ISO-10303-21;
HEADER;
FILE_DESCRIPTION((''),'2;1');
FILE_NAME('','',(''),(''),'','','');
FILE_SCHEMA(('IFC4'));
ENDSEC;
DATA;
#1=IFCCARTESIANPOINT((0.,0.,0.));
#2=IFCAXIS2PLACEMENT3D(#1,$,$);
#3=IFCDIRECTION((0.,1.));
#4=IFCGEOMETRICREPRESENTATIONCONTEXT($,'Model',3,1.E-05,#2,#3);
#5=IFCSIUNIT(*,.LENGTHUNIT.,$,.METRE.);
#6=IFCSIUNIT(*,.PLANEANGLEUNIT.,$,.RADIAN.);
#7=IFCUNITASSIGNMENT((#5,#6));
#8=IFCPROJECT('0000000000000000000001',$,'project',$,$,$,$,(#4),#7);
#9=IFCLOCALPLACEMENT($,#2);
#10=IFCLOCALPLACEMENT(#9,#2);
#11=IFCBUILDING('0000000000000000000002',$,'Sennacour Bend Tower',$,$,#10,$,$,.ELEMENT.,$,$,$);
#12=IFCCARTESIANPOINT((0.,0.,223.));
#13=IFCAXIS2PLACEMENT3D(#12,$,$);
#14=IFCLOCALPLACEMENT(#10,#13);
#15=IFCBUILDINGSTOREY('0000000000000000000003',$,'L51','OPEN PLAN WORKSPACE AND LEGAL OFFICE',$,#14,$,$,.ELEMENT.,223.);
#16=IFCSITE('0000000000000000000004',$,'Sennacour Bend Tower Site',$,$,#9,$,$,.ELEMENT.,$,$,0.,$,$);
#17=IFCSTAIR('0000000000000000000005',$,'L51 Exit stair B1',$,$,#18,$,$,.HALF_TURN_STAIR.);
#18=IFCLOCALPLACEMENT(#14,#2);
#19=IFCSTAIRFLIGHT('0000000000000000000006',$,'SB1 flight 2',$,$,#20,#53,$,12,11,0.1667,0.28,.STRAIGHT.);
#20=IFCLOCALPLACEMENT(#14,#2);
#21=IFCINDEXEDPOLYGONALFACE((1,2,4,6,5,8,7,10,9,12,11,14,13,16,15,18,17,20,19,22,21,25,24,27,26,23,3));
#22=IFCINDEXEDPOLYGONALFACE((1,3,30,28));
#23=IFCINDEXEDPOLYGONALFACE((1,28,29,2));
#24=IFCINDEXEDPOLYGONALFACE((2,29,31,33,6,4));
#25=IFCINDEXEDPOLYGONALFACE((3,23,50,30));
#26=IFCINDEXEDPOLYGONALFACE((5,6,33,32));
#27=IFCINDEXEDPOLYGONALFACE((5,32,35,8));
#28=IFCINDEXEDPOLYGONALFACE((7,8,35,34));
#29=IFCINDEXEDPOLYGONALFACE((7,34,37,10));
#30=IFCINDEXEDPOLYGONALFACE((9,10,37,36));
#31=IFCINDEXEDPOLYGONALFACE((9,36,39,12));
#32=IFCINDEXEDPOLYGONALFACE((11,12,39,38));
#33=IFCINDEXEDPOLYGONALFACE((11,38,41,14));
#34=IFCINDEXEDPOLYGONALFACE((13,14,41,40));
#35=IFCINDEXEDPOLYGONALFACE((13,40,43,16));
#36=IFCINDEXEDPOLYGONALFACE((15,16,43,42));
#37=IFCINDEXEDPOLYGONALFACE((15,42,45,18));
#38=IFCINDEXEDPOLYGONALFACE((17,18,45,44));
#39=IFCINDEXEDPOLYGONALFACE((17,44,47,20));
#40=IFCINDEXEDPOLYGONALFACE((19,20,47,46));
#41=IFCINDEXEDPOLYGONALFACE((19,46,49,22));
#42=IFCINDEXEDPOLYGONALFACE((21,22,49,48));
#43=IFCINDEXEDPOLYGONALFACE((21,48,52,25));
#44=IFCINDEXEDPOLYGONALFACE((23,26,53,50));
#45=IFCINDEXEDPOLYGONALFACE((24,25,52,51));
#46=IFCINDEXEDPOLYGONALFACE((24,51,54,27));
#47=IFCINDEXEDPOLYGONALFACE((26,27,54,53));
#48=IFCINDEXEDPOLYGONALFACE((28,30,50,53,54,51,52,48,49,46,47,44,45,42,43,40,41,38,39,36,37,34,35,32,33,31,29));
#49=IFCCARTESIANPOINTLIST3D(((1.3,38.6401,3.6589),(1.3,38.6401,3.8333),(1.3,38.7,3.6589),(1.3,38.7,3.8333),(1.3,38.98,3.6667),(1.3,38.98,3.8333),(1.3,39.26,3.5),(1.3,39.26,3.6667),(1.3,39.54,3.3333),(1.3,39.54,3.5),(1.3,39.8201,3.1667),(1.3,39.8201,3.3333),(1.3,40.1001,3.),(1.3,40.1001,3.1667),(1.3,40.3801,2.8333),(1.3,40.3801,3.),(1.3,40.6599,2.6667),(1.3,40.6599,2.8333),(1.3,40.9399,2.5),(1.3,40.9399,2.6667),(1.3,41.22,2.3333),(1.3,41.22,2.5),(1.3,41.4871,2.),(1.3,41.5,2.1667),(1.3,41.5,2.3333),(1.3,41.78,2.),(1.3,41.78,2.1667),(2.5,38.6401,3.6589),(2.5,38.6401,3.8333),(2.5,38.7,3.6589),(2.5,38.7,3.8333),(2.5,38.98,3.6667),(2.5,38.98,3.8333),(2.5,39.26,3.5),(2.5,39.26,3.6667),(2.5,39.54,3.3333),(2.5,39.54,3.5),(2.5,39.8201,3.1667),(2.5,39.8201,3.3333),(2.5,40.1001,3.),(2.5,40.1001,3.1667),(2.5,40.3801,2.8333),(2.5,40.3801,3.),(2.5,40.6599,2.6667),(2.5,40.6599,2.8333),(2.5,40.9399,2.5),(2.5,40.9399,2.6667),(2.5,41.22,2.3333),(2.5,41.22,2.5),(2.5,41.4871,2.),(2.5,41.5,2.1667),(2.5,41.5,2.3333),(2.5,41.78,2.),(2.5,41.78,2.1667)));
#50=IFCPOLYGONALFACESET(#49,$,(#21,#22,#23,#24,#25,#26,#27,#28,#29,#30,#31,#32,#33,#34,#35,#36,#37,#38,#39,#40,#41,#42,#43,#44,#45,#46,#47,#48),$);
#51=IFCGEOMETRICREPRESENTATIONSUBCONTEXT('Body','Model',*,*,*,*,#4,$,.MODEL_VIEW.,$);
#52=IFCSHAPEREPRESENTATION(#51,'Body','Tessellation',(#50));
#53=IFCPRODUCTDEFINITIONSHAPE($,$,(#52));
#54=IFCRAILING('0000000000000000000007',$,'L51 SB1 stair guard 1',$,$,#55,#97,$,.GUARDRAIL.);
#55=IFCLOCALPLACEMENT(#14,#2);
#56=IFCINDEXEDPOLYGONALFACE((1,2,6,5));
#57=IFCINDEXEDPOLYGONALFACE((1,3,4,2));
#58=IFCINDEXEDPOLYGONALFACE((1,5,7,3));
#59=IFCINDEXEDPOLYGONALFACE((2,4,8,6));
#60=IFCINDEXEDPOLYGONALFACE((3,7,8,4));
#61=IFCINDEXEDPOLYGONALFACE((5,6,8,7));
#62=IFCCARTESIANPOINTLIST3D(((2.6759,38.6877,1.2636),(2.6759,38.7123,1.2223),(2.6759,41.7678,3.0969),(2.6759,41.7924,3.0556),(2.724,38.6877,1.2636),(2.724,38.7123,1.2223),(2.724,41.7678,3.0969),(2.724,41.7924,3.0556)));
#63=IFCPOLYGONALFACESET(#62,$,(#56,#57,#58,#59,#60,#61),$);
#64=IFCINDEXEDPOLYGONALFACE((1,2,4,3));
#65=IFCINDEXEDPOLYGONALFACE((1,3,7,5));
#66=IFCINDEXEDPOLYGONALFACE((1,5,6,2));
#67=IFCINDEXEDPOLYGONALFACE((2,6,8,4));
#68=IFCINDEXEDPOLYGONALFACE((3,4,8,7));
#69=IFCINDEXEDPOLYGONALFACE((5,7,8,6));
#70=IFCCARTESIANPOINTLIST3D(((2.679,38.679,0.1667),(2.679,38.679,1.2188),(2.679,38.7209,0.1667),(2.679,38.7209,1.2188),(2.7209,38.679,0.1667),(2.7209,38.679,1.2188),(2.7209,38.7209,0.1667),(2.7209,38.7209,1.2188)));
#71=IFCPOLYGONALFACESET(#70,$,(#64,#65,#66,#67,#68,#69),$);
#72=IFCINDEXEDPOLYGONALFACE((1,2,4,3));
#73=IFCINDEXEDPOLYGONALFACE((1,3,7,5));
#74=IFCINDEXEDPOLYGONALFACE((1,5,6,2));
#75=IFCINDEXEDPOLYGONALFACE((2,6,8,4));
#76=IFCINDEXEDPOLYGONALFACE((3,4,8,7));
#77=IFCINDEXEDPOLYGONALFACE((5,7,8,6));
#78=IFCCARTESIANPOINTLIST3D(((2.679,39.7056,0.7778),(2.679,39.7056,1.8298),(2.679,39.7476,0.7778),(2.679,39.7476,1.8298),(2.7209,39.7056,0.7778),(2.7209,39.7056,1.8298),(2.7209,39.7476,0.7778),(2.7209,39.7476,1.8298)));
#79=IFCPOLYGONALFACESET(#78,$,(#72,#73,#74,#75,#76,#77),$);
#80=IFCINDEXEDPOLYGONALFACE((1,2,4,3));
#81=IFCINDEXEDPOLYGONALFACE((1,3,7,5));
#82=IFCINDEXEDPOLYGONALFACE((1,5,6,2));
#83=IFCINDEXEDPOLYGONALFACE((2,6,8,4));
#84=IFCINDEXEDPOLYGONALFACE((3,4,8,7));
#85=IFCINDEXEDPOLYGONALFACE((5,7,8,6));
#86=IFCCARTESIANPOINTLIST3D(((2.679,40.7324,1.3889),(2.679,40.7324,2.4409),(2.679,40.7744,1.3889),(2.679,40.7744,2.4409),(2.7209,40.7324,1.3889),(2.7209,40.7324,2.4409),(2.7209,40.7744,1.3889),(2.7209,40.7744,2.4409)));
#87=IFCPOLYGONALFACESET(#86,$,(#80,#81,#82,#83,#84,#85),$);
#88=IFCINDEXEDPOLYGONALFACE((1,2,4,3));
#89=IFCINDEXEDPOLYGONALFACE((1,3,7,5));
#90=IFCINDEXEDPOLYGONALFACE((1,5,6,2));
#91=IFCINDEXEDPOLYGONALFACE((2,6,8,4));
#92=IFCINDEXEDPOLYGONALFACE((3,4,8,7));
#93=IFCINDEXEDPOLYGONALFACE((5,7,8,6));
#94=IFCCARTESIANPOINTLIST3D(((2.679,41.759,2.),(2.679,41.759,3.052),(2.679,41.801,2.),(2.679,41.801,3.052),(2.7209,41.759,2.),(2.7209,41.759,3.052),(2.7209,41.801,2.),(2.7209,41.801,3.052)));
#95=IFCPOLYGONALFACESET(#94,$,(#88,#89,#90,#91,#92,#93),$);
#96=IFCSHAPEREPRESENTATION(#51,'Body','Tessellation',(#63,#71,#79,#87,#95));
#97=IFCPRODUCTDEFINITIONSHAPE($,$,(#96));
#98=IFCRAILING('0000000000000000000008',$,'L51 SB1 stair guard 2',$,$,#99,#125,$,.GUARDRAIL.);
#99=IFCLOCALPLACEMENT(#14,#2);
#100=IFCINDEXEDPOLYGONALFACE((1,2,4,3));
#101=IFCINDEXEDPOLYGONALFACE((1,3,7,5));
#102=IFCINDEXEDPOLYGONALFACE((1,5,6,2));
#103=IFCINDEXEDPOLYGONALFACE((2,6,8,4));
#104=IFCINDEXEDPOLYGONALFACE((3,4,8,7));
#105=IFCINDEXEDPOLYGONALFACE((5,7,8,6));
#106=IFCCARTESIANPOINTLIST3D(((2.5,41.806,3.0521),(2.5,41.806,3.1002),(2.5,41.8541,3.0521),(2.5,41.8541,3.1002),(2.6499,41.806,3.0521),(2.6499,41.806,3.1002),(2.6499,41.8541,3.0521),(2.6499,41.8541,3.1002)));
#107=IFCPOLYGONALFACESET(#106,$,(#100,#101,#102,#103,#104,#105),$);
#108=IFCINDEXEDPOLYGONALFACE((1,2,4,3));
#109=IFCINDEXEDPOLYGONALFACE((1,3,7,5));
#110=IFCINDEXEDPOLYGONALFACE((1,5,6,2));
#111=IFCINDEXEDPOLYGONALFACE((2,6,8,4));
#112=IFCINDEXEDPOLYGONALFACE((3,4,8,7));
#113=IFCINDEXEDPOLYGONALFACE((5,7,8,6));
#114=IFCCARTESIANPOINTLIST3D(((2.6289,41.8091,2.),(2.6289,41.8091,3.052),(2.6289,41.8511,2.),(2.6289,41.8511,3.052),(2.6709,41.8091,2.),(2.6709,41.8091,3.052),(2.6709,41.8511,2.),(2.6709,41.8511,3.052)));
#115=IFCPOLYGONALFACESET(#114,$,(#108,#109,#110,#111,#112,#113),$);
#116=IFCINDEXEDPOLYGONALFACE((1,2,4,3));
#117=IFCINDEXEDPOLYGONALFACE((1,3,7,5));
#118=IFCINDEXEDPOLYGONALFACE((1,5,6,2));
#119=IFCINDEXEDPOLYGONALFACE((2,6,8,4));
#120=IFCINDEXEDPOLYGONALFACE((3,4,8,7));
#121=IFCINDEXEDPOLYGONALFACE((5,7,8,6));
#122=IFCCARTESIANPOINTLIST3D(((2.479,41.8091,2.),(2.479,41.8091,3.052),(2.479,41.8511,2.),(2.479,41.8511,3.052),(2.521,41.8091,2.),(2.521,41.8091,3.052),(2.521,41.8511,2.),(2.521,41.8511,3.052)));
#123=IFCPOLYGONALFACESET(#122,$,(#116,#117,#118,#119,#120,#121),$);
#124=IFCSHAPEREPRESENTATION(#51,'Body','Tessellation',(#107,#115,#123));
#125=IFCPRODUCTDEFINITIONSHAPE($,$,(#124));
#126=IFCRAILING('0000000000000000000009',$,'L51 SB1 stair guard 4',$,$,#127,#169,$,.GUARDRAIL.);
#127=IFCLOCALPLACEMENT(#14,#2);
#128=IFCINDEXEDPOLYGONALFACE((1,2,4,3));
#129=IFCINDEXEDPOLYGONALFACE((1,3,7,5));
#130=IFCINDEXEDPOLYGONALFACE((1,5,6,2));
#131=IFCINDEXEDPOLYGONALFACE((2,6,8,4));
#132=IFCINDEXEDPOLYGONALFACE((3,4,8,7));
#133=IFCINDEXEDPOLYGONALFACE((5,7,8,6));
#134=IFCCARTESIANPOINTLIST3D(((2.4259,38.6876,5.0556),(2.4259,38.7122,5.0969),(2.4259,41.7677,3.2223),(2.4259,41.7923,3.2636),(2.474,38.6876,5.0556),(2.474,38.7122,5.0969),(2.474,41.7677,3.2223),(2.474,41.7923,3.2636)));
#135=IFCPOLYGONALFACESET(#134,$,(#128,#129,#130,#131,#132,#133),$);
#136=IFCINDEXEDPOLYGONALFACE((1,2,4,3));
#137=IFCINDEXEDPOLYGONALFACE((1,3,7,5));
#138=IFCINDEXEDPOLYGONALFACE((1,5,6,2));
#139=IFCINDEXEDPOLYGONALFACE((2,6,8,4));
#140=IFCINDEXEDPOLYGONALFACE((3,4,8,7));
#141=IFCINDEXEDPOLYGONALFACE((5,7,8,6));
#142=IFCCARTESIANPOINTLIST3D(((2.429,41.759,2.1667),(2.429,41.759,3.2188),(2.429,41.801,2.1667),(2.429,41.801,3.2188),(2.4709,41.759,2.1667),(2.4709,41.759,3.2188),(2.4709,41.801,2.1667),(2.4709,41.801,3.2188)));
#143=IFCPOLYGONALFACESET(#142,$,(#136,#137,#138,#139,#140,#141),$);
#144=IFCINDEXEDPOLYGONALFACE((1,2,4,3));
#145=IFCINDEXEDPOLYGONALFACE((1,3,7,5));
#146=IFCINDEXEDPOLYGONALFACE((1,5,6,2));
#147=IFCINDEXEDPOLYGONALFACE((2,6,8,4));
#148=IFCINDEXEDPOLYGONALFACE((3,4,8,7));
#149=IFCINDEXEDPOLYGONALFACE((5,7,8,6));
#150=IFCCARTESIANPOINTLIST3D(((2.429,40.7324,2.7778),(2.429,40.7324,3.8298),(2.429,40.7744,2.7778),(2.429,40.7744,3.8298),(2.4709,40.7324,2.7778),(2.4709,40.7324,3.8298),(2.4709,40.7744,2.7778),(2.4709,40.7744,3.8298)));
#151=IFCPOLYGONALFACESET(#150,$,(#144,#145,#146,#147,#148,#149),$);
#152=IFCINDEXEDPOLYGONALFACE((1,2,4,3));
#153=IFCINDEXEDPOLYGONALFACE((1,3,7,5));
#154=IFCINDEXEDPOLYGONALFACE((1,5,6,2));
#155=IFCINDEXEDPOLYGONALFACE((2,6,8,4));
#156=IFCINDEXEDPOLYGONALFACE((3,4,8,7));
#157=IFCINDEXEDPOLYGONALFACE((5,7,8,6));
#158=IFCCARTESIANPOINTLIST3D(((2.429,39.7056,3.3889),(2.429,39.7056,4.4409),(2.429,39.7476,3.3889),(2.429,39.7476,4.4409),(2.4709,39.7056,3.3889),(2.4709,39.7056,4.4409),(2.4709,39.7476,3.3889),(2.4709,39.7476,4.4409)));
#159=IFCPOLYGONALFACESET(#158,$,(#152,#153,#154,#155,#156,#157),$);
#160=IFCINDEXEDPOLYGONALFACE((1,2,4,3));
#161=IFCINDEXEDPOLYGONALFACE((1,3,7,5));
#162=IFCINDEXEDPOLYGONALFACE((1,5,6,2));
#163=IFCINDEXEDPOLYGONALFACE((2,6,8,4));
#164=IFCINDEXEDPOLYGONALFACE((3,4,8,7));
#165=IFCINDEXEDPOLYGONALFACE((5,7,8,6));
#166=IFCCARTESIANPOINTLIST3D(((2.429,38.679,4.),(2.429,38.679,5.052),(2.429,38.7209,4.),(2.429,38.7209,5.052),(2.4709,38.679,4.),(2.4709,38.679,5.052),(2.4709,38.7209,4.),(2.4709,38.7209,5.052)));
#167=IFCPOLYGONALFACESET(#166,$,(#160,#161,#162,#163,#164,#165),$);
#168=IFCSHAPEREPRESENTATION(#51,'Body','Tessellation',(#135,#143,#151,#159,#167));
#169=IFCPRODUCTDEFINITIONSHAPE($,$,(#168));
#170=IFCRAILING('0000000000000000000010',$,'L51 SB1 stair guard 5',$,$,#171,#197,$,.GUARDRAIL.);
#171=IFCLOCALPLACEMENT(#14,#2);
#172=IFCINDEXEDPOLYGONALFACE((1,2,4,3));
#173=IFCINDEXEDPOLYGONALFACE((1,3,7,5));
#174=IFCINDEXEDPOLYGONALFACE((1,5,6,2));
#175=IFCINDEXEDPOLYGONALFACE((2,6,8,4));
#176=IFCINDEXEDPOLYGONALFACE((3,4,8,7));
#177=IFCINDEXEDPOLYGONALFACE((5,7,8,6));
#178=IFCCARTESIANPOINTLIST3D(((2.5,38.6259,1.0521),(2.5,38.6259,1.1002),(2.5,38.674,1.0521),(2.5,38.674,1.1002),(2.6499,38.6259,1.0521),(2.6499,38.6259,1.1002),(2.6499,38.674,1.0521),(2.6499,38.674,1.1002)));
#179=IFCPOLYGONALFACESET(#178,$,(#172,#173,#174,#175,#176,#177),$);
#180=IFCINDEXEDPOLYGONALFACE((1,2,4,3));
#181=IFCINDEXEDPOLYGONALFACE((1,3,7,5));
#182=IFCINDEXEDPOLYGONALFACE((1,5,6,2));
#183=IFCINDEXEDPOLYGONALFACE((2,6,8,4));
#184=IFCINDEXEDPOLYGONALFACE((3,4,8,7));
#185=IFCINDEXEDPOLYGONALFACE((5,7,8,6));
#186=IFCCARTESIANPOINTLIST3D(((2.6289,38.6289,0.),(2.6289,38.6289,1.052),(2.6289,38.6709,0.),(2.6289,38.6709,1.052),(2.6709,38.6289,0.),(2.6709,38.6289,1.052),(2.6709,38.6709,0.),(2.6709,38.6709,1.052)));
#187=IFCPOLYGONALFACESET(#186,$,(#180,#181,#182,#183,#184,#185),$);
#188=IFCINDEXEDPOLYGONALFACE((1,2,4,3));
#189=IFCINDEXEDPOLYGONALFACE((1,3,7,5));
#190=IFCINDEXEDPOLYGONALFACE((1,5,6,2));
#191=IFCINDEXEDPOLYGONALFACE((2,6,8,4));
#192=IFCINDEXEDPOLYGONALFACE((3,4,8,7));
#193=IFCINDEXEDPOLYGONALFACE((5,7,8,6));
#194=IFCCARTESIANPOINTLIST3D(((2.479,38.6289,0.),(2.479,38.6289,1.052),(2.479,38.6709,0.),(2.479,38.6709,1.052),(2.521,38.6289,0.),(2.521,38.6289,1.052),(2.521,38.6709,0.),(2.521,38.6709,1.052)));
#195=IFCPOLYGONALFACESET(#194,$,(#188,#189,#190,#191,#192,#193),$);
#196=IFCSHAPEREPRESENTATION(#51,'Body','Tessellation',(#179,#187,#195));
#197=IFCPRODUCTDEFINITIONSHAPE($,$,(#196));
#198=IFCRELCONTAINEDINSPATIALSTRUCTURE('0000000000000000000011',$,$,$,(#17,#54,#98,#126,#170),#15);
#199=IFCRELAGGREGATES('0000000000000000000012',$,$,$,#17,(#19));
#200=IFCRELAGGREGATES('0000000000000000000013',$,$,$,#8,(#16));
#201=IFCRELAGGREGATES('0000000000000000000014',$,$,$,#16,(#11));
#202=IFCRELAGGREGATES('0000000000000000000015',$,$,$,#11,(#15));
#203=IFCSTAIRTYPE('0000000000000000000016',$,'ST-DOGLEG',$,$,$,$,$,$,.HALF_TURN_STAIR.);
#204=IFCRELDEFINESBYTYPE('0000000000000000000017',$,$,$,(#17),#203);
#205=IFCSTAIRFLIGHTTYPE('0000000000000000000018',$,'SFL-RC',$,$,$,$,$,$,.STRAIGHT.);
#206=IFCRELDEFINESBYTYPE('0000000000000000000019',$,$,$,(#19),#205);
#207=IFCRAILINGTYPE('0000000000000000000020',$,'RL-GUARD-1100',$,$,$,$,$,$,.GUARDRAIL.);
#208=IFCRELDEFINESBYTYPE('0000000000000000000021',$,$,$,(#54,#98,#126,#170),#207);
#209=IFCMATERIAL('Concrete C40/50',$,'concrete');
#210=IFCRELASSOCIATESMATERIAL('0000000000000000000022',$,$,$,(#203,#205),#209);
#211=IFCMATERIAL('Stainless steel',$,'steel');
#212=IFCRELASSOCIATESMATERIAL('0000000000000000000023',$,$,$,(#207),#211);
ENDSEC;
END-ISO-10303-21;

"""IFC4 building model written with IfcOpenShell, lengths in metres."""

from ifc_helpers import new_model, si_unit, direction, frame, origin, origin_2d, place, context, subcontext, project, spatial, polyline, rectangle, outline, extrude, material, type_object, element, aggregate, save


model = new_model("IFC4")

# Units and contexts
model_context = context("Model", 3, precision=1e-05, world=origin(), true_north=direction((0.0, 1.0)))
body_context = subcontext(model_context, "Body", "Model", "MODEL_VIEW")
ifc_project = project(units=[si_unit("LENGTHUNIT", "METRE"), si_unit("PLANEANGLEUNIT", "RADIAN")], contexts=[model_context])

# Site, building, storey
site_placement = place(None, origin())
site = spatial("IfcSite", under=ifc_project, at=site_placement, Name="Sennacour Bend Tower Site", CompositionType="ELEMENT", RefElevation=0.0)
building_placement = place(site_placement, origin())
building = spatial("IfcBuilding", under=site, at=building_placement, Name="Sennacour Bend Tower", CompositionType="ELEMENT")
storey_placement = place(building_placement, frame((0.0, 0.0, 223.0)))
storey = spatial("IfcBuildingStorey", under=building, at=storey_placement, Name="L51", Description="OPEN PLAN WORKSPACE AND LEGAL OFFICE", CompositionType="ELEMENT", Elevation=223.0)

# Stair, stair flight
ifc_material_1 = material(Name="Concrete C40/50", Category="concrete")
stair_type = type_object("IfcStairType", Name="ST-DOGLEG", PredefinedType="HALF_TURN_STAIR", material=ifc_material_1)
stair_placement = place(storey_placement, origin())
stair = element("IfcStair", 1, at=stair_placement, inside=storey, type_object=stair_type, Name="L51 Exit stair B1", PredefinedType="HALF_TURN_STAIR")
stair_flight_type = type_object("IfcStairFlightType", Name="SFL-RC", PredefinedType="STRAIGHT", material=ifc_material_1)
stair_flight_1_placement = place(storey_placement, frame((1.8999, 41.78, 2.0), z_axis=(0.0, 0.0, 1.0), x_axis=(0.0, -1.0, 0.0)))
stair_flight_1 = element("IfcStairFlight", 2, at=stair_flight_1_placement, type_object=stair_flight_type, Name="SB1 flight 2", NumberOfRisers=12, NumberOfTreads=11, PredefinedType="STRAIGHT", RiserHeight=0.1667, TreadLength=0.28, context=body_context, shape_type="SweptSolid", body=[
    extrude(outline(polyline([(0.0, 0.0), (0.0, 0.1667), (0.28, 0.1667), (0.28, 0.3333), (0.5601, 0.3333), (0.5601, 0.5), (0.8401, 0.5), (0.8401, 0.6667), (1.1201, 0.6667), (1.1201, 0.8333), (1.3999, 0.8333), (1.3999, 1.0), (1.6799, 1.0), (1.6799, 1.1667), (1.96, 1.1667), (1.96, 1.3333), (2.24, 1.3333), (2.24, 1.5), (2.52, 1.5), (2.52, 1.6667), (2.8, 1.6667), (2.8, 1.8333), (3.0801, 1.8333), (3.1399, 1.8333), (3.1399, 1.6589), (3.0801, 1.6589), (0.293, 0.0), (0.0, 0.0)])), frame((0.0, 0.6001, 0.0), z_axis=(0.0, -1.0, 0.0), x_axis=(1.0, 0.0, 0.0)), (0.0, 0.0, 1.0), 1.2),
])
aggregate(stair, [stair_flight_1])

# Railings
ifc_material_2 = material(Name="Stainless steel", Category="steel")
railing_type_1 = type_object("IfcRailingType", Name="RL-GUARD-1100", PredefinedType="GUARDRAIL", material=ifc_material_2)
railing_1_placement = place(storey_placement, frame((2.7, 38.7, 0.1667)))
element("IfcRailing", 3, at=railing_1_placement, inside=storey, type_object=railing_type_1, Name="L51 SB1 stair guard 1", PredefinedType="GUARDRAIL", context=body_context, shape_type="SweptSolid", body=[
    extrude(rectangle(XDim=0.0481, YDim=0.0481, at=origin_2d()), frame((0.0, 0.0, 1.0762), z_axis=(0.0, 0.859309, 0.511458), x_axis=(-1.0, 0.0, 0.0)), (0.0, 0.0, 1.0), 3.5845),
    extrude(rectangle(XDim=0.042, YDim=0.042, at=origin_2d()), origin(), (0.0, 0.0, 1.0), 1.052),
    extrude(rectangle(XDim=0.042, YDim=0.042, at=origin_2d()), frame((0.0, 1.0266, 0.6111)), (0.0, 0.0, 1.0), 1.052),
    extrude(rectangle(XDim=0.042, YDim=0.042, at=origin_2d()), frame((0.0, 2.0535, 1.2222)), (0.0, 0.0, 1.0), 1.052),
    extrude(rectangle(XDim=0.042, YDim=0.042, at=origin_2d()), frame((0.0, 3.0801, 1.8333)), (0.0, 0.0, 1.0), 1.052),
])
railing_2_placement = place(storey_placement, frame((2.6499, 41.8301, 2.0)))
element("IfcRailing", 4, at=railing_2_placement, inside=storey, type_object=railing_type_1, Name="L51 SB1 stair guard 2", PredefinedType="GUARDRAIL", context=body_context, shape_type="SweptSolid", body=[
    extrude(rectangle(XDim=0.0481, YDim=0.0481, at=origin_2d()), frame((0.0, 0.0, 1.0762), z_axis=(-1.0, 0.0, 0.0), x_axis=(0.0, -1.0, 0.0)), (0.0, 0.0, 1.0), 0.1499),
    extrude(rectangle(XDim=0.042, YDim=0.042, at=origin_2d()), origin(), (0.0, 0.0, 1.0), 1.052),
    extrude(rectangle(XDim=0.042, YDim=0.042, at=origin_2d()), frame((-0.1499, 0.0, 0.0)), (0.0, 0.0, 1.0), 1.052),
])
railing_3_placement = place(storey_placement, frame((2.45, 41.78, 2.1667)))
element("IfcRailing", 5, at=railing_3_placement, inside=storey, type_object=railing_type_1, Name="L51 SB1 stair guard 4", PredefinedType="GUARDRAIL", context=body_context, shape_type="SweptSolid", body=[
    extrude(rectangle(XDim=0.0481, YDim=0.0481, at=origin_2d()), frame((0.0, 0.0, 1.0762), z_axis=(0.0, -0.859309, 0.511458), x_axis=(1.0, 0.0, 0.0)), (0.0, 0.0, 1.0), 3.5845),
    extrude(rectangle(XDim=0.042, YDim=0.042, at=origin_2d()), origin(), (0.0, 0.0, 1.0), 1.052),
    extrude(rectangle(XDim=0.042, YDim=0.042, at=origin_2d()), frame((0.0, -1.0266, 0.6111)), (0.0, 0.0, 1.0), 1.052),
    extrude(rectangle(XDim=0.042, YDim=0.042, at=origin_2d()), frame((0.0, -2.0535, 1.2222)), (0.0, 0.0, 1.0), 1.052),
    extrude(rectangle(XDim=0.042, YDim=0.042, at=origin_2d()), frame((0.0, -3.0801, 1.8333)), (0.0, 0.0, 1.0), 1.052),
])
railing_4_placement = place(storey_placement, frame((2.6499, 38.6499, 0.0)))
element("IfcRailing", 6, at=railing_4_placement, inside=storey, type_object=railing_type_1, Name="L51 SB1 stair guard 5", PredefinedType="GUARDRAIL", context=body_context, shape_type="SweptSolid", body=[
    extrude(rectangle(XDim=0.0481, YDim=0.0481, at=origin_2d()), frame((0.0, 0.0, 1.0762), z_axis=(-1.0, 0.0, 0.0), x_axis=(0.0, -1.0, 0.0)), (0.0, 0.0, 1.0), 0.1499),
    extrude(rectangle(XDim=0.042, YDim=0.042, at=origin_2d()), origin(), (0.0, 0.0, 1.0), 1.052),
    extrude(rectangle(XDim=0.042, YDim=0.042, at=origin_2d()), frame((-0.1499, 0.0, 0.0)), (0.0, 0.0, 1.0), 1.052),
])

save(model, "model.ifc")
